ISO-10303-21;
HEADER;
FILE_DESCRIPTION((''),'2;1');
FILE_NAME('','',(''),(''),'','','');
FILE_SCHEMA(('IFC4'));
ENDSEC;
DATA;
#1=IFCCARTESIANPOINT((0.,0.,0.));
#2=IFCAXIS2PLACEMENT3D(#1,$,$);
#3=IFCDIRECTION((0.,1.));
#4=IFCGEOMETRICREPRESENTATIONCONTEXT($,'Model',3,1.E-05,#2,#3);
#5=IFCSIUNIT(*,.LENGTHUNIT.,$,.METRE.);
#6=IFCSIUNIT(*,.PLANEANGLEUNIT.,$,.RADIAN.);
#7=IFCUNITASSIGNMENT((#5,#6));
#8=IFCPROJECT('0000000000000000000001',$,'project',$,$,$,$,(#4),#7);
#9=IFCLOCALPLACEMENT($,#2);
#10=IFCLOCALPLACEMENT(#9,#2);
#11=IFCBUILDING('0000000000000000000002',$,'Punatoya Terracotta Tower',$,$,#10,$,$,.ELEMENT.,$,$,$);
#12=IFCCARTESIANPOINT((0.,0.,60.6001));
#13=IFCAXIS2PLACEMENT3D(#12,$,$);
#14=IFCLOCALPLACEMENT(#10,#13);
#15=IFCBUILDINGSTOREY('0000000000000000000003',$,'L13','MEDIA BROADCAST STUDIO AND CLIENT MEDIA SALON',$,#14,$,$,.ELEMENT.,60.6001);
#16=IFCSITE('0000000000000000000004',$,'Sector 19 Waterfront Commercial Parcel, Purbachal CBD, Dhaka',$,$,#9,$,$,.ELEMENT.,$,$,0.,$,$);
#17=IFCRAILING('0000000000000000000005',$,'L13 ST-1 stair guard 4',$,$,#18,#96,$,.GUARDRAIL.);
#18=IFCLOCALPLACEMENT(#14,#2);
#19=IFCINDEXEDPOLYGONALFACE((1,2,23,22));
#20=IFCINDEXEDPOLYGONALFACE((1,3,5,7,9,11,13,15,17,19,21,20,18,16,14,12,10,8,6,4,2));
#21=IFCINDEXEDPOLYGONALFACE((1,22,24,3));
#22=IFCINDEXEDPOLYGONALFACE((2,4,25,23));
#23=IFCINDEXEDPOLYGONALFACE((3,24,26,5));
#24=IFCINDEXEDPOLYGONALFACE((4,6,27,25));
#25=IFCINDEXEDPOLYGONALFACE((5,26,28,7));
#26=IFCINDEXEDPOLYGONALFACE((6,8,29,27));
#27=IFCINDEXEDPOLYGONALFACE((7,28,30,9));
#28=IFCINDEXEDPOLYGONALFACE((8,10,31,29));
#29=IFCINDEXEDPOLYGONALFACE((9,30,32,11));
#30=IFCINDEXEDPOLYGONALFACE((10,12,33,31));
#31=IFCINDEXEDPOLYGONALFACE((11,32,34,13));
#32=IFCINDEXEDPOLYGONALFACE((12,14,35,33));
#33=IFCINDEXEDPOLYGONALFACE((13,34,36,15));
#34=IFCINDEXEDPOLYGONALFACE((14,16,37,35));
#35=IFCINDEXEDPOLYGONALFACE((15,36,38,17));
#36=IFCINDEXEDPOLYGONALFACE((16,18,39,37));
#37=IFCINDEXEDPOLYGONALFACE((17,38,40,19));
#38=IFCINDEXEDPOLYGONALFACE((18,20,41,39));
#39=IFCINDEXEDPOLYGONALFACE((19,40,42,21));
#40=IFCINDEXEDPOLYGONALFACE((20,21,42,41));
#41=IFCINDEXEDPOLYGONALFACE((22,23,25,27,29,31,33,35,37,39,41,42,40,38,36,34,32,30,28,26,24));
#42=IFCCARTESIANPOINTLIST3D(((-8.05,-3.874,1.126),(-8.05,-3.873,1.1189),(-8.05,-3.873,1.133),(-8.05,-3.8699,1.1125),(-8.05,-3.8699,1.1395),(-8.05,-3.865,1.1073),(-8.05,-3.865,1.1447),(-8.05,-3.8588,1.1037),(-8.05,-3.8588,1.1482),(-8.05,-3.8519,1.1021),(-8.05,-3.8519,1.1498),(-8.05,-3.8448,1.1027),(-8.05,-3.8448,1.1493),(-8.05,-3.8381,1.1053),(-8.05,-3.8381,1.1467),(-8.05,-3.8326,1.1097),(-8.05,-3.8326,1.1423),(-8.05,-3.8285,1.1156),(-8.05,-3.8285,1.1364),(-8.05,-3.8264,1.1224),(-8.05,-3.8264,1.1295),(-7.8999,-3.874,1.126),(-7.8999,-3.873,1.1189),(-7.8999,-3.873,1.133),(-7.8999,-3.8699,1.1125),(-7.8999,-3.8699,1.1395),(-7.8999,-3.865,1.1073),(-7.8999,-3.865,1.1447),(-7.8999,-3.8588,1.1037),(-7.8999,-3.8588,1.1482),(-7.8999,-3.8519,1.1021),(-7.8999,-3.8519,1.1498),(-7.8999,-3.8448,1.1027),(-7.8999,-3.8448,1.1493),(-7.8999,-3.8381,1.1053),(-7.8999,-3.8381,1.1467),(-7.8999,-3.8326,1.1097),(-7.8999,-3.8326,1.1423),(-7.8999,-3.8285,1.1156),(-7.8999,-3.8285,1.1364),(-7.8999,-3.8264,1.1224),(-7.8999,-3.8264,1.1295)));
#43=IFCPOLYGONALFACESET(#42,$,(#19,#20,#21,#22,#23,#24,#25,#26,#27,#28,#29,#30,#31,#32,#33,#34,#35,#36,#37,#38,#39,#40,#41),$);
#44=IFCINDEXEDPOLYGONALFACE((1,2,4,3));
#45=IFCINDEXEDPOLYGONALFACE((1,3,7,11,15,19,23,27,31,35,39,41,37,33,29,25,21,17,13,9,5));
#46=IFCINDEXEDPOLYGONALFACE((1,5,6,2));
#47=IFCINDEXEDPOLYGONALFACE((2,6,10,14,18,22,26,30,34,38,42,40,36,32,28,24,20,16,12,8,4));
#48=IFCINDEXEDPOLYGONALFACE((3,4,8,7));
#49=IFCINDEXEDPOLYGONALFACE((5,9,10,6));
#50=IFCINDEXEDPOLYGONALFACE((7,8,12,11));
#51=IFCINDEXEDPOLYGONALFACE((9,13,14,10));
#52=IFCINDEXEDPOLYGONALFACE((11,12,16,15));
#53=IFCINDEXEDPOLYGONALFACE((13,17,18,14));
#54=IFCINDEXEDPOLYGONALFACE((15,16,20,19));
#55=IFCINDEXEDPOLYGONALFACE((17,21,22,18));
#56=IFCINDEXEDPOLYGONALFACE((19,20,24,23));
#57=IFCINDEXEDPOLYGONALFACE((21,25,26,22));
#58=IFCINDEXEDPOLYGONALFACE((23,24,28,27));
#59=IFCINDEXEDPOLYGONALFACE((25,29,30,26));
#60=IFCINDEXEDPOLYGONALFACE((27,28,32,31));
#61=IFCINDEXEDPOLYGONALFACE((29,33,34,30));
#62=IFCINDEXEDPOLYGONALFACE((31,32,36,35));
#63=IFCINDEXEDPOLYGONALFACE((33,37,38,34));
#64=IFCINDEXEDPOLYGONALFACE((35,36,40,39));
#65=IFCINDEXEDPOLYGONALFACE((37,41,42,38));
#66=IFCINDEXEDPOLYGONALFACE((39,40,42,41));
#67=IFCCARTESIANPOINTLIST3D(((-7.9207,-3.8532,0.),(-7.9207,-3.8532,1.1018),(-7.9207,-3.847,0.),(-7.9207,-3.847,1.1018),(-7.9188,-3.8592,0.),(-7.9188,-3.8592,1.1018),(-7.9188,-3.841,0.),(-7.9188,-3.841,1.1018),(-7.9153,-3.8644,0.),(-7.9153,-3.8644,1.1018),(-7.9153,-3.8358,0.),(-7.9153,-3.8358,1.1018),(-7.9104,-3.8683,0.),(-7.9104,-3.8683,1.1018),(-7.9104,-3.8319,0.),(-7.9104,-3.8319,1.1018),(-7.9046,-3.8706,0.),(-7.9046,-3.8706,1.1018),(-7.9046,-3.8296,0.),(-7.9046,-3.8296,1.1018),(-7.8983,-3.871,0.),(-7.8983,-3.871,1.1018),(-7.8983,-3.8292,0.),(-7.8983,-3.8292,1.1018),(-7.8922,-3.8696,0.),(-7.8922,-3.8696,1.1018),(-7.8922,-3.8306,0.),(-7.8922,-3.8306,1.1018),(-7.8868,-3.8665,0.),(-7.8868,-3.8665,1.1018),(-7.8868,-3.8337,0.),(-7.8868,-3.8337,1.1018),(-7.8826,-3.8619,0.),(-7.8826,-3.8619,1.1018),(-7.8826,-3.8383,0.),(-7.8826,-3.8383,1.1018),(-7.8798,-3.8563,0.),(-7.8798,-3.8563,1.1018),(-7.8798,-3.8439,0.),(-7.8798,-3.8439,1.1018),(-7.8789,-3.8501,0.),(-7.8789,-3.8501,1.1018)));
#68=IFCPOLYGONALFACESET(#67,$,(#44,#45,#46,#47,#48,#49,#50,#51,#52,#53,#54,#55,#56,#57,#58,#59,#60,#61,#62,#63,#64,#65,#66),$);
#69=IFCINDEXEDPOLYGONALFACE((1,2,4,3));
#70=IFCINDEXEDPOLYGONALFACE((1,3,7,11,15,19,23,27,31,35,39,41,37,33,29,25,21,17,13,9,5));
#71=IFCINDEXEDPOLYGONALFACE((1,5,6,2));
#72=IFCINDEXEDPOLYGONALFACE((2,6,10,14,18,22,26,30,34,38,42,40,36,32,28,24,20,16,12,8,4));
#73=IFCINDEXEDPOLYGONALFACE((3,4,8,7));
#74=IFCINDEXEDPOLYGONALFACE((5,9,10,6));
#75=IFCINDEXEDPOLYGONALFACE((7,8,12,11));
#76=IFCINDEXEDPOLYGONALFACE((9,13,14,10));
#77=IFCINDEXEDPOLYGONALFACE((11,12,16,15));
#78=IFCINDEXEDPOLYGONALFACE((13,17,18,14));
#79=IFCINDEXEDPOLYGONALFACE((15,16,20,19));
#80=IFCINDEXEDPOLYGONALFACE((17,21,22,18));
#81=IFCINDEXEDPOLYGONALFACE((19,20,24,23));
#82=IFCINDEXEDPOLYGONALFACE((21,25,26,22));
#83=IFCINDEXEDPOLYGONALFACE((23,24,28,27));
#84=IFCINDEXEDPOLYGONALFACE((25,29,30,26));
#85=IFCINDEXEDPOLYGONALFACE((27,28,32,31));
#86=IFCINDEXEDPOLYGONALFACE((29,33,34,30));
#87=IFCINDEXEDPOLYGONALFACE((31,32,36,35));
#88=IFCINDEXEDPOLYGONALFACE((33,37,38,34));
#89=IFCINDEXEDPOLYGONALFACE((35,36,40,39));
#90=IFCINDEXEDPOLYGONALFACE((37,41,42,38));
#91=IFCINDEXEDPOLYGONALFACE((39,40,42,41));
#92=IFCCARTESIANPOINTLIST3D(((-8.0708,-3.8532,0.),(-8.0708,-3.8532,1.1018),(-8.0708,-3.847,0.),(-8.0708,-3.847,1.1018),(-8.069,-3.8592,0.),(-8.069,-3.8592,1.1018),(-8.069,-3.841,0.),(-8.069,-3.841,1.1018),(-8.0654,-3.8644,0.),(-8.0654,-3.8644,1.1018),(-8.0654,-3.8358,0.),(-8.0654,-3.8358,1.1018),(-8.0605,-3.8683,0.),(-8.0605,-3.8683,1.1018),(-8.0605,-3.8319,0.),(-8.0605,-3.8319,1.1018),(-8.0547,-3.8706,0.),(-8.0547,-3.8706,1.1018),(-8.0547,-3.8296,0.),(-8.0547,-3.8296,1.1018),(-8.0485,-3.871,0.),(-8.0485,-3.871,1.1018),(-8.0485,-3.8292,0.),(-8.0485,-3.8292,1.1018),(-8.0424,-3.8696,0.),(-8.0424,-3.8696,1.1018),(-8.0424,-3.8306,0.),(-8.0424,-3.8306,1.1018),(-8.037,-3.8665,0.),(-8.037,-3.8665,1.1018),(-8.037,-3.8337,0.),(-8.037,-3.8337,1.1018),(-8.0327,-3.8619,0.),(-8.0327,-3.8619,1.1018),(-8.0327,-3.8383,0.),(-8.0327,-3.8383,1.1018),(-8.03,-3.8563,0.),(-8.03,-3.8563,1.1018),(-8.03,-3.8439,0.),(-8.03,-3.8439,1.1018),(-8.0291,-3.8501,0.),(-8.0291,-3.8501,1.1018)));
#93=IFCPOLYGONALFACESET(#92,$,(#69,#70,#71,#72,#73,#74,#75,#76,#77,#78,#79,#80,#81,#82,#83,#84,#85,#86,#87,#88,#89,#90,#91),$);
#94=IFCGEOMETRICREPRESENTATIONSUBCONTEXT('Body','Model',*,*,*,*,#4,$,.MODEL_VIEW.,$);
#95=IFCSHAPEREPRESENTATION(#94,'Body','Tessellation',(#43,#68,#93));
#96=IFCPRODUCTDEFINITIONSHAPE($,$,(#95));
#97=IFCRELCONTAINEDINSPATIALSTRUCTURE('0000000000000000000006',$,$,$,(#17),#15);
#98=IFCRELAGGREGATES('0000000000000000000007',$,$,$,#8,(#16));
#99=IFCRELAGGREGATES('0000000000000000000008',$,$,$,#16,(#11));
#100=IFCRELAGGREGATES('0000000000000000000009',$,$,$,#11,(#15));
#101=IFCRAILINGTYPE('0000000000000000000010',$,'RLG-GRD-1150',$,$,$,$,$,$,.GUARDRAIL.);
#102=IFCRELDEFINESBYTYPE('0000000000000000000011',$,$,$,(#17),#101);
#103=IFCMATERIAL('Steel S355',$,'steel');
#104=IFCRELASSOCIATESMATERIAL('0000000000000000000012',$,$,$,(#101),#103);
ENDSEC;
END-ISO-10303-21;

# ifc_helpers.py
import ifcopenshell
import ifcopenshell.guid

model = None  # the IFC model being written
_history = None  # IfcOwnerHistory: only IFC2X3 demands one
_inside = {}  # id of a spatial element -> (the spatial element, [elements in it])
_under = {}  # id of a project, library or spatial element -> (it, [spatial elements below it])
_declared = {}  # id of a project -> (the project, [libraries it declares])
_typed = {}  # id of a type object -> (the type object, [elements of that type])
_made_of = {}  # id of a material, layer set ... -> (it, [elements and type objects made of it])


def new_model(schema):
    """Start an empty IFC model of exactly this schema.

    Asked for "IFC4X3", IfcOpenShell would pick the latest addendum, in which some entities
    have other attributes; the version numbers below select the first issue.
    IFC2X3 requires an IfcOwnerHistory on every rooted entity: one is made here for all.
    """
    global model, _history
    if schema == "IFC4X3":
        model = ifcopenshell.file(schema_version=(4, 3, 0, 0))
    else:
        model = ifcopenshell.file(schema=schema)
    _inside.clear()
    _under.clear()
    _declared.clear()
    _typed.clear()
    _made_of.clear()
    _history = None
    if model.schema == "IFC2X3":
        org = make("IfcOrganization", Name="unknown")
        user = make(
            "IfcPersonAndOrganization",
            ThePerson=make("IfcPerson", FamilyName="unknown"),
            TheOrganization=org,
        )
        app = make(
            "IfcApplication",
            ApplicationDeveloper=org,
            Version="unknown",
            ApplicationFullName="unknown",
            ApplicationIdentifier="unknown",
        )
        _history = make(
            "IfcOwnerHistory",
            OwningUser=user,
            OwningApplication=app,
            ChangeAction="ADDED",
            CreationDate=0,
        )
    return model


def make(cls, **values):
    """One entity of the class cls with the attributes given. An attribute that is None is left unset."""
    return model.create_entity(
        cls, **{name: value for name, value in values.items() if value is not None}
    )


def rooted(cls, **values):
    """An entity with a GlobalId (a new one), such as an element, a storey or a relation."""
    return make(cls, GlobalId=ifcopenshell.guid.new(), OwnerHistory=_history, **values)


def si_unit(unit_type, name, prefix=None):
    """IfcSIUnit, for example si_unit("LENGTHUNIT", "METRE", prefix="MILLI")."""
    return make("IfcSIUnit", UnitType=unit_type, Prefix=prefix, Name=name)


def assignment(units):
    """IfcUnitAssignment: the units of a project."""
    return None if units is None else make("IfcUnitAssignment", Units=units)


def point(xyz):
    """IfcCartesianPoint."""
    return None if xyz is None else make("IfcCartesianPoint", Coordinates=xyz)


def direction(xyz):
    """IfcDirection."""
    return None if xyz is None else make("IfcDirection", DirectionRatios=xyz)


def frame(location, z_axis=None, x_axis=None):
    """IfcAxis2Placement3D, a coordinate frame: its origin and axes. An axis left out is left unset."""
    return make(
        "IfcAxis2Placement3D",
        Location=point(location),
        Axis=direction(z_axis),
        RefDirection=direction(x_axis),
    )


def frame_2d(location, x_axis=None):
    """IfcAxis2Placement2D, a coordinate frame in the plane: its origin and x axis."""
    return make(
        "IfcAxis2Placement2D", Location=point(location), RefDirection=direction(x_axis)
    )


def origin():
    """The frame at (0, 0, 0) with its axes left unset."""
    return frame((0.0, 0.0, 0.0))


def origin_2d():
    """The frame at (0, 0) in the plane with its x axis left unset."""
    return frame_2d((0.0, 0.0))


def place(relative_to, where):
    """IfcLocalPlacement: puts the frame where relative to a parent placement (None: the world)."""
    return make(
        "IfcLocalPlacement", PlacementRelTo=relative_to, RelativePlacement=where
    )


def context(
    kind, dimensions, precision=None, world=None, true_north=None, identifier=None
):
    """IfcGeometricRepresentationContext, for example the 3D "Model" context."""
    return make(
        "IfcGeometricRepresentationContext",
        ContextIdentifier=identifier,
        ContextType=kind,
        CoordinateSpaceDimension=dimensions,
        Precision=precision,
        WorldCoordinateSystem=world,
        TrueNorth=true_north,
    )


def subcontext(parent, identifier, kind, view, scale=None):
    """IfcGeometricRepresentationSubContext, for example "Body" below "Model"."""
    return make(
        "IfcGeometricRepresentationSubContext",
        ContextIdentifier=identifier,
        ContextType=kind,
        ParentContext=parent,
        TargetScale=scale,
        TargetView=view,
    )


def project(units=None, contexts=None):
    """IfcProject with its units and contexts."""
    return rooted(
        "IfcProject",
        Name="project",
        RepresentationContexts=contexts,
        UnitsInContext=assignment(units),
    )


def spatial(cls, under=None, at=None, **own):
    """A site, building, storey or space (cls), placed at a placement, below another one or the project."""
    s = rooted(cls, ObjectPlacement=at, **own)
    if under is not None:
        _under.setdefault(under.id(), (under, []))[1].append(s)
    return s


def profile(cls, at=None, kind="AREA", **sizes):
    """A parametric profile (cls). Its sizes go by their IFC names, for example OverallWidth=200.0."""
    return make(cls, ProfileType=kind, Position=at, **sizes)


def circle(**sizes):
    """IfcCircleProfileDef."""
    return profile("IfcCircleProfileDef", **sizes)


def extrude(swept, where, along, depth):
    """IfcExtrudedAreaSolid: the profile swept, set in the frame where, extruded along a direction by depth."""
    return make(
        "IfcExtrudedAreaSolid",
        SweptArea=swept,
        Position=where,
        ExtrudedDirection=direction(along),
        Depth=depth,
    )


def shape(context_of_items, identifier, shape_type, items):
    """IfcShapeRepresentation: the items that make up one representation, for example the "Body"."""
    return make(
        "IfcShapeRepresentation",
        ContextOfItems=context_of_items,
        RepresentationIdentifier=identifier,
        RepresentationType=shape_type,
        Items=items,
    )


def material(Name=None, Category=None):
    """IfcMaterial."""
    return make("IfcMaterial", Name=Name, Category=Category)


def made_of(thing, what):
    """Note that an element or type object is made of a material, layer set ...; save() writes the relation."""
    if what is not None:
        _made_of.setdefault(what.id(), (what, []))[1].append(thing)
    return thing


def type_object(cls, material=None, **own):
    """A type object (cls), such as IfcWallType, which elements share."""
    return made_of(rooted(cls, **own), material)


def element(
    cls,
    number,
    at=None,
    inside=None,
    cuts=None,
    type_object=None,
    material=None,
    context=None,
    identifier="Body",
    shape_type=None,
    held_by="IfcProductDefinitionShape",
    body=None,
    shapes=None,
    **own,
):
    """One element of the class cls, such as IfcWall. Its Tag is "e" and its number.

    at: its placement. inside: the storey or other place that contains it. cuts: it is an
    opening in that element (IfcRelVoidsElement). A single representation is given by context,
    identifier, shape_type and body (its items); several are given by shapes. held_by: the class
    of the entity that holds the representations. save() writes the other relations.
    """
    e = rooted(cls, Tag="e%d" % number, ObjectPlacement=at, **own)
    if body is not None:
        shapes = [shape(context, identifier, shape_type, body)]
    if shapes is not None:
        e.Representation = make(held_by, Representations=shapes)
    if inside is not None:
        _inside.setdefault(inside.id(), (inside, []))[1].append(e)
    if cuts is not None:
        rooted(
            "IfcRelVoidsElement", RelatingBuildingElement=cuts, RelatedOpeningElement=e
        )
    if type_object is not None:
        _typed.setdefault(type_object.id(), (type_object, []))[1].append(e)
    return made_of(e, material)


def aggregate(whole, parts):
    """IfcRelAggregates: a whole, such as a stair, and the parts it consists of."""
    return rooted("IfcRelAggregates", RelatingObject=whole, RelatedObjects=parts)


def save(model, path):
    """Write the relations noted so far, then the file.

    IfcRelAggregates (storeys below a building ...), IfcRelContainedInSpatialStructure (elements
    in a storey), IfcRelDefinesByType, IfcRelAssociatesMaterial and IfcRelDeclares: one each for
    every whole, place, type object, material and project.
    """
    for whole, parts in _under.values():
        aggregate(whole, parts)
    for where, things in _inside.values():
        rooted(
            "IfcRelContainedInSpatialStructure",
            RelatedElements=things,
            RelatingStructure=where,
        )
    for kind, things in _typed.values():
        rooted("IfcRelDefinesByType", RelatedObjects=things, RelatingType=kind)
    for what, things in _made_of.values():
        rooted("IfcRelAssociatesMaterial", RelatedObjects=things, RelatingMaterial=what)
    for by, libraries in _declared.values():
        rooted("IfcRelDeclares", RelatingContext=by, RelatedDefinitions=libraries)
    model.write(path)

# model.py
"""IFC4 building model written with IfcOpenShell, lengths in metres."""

from ifc_helpers import new_model, si_unit, direction, frame, origin, origin_2d, place, context, subcontext, project, spatial, circle, extrude, material, type_object, element, save


model = new_model("IFC4")

# Units and contexts
model_context = context("Model", 3, precision=1e-05, world=origin(), true_north=direction((0.0, 1.0)))
body_context = subcontext(model_context, "Body", "Model", "MODEL_VIEW")
ifc_project = project(units=[si_unit("LENGTHUNIT", "METRE"), si_unit("PLANEANGLEUNIT", "RADIAN")], contexts=[model_context])

# Site, building, storey
site_placement = place(None, origin())
site = spatial("IfcSite", under=ifc_project, at=site_placement, Name="Sector 19 Waterfront Commercial Parcel, Purbachal CBD, Dhaka", CompositionType="ELEMENT", RefElevation=0.0)
building_placement = place(site_placement, origin())
building = spatial("IfcBuilding", under=site, at=building_placement, Name="Punatoya Terracotta Tower", CompositionType="ELEMENT")
storey_placement = place(building_placement, frame((0.0, 0.0, 60.6001)))
storey = spatial("IfcBuildingStorey", under=building, at=storey_placement, Name="L13", Description="MEDIA BROADCAST STUDIO AND CLIENT MEDIA SALON", CompositionType="ELEMENT", Elevation=60.6001)

# Railing
ifc_material_1 = material(Name="Steel S355", Category="steel")
railing_type_1 = type_object("IfcRailingType", Name="RLG-GRD-1150", PredefinedType="GUARDRAIL", material=ifc_material_1)
railing_1_placement = place(storey_placement, frame((-7.8999, -3.8501, 0.0)))
element("IfcRailing", 1, at=railing_1_placement, inside=storey, type_object=railing_type_1, Name="L13 ST-1 stair guard 4", PredefinedType="GUARDRAIL", context=body_context, shape_type="SweptSolid", body=[
    extrude(circle(Radius=0.0239, at=origin_2d()), frame((0.0, 0.0, 1.126), z_axis=(-1.0, 0.0, 0.0), x_axis=(0.0, -1.0, 0.0)), (0.0, 0.0, 1.0), 0.1501),
    extrude(circle(Radius=0.021, at=origin_2d()), origin(), (0.0, 0.0, 1.0), 1.1018),
    extrude(circle(Radius=0.021, at=origin_2d()), frame((-0.1501, 0.0, 0.0)), (0.0, 0.0, 1.0), 1.1018),
])

save(model, "model.ifc")
